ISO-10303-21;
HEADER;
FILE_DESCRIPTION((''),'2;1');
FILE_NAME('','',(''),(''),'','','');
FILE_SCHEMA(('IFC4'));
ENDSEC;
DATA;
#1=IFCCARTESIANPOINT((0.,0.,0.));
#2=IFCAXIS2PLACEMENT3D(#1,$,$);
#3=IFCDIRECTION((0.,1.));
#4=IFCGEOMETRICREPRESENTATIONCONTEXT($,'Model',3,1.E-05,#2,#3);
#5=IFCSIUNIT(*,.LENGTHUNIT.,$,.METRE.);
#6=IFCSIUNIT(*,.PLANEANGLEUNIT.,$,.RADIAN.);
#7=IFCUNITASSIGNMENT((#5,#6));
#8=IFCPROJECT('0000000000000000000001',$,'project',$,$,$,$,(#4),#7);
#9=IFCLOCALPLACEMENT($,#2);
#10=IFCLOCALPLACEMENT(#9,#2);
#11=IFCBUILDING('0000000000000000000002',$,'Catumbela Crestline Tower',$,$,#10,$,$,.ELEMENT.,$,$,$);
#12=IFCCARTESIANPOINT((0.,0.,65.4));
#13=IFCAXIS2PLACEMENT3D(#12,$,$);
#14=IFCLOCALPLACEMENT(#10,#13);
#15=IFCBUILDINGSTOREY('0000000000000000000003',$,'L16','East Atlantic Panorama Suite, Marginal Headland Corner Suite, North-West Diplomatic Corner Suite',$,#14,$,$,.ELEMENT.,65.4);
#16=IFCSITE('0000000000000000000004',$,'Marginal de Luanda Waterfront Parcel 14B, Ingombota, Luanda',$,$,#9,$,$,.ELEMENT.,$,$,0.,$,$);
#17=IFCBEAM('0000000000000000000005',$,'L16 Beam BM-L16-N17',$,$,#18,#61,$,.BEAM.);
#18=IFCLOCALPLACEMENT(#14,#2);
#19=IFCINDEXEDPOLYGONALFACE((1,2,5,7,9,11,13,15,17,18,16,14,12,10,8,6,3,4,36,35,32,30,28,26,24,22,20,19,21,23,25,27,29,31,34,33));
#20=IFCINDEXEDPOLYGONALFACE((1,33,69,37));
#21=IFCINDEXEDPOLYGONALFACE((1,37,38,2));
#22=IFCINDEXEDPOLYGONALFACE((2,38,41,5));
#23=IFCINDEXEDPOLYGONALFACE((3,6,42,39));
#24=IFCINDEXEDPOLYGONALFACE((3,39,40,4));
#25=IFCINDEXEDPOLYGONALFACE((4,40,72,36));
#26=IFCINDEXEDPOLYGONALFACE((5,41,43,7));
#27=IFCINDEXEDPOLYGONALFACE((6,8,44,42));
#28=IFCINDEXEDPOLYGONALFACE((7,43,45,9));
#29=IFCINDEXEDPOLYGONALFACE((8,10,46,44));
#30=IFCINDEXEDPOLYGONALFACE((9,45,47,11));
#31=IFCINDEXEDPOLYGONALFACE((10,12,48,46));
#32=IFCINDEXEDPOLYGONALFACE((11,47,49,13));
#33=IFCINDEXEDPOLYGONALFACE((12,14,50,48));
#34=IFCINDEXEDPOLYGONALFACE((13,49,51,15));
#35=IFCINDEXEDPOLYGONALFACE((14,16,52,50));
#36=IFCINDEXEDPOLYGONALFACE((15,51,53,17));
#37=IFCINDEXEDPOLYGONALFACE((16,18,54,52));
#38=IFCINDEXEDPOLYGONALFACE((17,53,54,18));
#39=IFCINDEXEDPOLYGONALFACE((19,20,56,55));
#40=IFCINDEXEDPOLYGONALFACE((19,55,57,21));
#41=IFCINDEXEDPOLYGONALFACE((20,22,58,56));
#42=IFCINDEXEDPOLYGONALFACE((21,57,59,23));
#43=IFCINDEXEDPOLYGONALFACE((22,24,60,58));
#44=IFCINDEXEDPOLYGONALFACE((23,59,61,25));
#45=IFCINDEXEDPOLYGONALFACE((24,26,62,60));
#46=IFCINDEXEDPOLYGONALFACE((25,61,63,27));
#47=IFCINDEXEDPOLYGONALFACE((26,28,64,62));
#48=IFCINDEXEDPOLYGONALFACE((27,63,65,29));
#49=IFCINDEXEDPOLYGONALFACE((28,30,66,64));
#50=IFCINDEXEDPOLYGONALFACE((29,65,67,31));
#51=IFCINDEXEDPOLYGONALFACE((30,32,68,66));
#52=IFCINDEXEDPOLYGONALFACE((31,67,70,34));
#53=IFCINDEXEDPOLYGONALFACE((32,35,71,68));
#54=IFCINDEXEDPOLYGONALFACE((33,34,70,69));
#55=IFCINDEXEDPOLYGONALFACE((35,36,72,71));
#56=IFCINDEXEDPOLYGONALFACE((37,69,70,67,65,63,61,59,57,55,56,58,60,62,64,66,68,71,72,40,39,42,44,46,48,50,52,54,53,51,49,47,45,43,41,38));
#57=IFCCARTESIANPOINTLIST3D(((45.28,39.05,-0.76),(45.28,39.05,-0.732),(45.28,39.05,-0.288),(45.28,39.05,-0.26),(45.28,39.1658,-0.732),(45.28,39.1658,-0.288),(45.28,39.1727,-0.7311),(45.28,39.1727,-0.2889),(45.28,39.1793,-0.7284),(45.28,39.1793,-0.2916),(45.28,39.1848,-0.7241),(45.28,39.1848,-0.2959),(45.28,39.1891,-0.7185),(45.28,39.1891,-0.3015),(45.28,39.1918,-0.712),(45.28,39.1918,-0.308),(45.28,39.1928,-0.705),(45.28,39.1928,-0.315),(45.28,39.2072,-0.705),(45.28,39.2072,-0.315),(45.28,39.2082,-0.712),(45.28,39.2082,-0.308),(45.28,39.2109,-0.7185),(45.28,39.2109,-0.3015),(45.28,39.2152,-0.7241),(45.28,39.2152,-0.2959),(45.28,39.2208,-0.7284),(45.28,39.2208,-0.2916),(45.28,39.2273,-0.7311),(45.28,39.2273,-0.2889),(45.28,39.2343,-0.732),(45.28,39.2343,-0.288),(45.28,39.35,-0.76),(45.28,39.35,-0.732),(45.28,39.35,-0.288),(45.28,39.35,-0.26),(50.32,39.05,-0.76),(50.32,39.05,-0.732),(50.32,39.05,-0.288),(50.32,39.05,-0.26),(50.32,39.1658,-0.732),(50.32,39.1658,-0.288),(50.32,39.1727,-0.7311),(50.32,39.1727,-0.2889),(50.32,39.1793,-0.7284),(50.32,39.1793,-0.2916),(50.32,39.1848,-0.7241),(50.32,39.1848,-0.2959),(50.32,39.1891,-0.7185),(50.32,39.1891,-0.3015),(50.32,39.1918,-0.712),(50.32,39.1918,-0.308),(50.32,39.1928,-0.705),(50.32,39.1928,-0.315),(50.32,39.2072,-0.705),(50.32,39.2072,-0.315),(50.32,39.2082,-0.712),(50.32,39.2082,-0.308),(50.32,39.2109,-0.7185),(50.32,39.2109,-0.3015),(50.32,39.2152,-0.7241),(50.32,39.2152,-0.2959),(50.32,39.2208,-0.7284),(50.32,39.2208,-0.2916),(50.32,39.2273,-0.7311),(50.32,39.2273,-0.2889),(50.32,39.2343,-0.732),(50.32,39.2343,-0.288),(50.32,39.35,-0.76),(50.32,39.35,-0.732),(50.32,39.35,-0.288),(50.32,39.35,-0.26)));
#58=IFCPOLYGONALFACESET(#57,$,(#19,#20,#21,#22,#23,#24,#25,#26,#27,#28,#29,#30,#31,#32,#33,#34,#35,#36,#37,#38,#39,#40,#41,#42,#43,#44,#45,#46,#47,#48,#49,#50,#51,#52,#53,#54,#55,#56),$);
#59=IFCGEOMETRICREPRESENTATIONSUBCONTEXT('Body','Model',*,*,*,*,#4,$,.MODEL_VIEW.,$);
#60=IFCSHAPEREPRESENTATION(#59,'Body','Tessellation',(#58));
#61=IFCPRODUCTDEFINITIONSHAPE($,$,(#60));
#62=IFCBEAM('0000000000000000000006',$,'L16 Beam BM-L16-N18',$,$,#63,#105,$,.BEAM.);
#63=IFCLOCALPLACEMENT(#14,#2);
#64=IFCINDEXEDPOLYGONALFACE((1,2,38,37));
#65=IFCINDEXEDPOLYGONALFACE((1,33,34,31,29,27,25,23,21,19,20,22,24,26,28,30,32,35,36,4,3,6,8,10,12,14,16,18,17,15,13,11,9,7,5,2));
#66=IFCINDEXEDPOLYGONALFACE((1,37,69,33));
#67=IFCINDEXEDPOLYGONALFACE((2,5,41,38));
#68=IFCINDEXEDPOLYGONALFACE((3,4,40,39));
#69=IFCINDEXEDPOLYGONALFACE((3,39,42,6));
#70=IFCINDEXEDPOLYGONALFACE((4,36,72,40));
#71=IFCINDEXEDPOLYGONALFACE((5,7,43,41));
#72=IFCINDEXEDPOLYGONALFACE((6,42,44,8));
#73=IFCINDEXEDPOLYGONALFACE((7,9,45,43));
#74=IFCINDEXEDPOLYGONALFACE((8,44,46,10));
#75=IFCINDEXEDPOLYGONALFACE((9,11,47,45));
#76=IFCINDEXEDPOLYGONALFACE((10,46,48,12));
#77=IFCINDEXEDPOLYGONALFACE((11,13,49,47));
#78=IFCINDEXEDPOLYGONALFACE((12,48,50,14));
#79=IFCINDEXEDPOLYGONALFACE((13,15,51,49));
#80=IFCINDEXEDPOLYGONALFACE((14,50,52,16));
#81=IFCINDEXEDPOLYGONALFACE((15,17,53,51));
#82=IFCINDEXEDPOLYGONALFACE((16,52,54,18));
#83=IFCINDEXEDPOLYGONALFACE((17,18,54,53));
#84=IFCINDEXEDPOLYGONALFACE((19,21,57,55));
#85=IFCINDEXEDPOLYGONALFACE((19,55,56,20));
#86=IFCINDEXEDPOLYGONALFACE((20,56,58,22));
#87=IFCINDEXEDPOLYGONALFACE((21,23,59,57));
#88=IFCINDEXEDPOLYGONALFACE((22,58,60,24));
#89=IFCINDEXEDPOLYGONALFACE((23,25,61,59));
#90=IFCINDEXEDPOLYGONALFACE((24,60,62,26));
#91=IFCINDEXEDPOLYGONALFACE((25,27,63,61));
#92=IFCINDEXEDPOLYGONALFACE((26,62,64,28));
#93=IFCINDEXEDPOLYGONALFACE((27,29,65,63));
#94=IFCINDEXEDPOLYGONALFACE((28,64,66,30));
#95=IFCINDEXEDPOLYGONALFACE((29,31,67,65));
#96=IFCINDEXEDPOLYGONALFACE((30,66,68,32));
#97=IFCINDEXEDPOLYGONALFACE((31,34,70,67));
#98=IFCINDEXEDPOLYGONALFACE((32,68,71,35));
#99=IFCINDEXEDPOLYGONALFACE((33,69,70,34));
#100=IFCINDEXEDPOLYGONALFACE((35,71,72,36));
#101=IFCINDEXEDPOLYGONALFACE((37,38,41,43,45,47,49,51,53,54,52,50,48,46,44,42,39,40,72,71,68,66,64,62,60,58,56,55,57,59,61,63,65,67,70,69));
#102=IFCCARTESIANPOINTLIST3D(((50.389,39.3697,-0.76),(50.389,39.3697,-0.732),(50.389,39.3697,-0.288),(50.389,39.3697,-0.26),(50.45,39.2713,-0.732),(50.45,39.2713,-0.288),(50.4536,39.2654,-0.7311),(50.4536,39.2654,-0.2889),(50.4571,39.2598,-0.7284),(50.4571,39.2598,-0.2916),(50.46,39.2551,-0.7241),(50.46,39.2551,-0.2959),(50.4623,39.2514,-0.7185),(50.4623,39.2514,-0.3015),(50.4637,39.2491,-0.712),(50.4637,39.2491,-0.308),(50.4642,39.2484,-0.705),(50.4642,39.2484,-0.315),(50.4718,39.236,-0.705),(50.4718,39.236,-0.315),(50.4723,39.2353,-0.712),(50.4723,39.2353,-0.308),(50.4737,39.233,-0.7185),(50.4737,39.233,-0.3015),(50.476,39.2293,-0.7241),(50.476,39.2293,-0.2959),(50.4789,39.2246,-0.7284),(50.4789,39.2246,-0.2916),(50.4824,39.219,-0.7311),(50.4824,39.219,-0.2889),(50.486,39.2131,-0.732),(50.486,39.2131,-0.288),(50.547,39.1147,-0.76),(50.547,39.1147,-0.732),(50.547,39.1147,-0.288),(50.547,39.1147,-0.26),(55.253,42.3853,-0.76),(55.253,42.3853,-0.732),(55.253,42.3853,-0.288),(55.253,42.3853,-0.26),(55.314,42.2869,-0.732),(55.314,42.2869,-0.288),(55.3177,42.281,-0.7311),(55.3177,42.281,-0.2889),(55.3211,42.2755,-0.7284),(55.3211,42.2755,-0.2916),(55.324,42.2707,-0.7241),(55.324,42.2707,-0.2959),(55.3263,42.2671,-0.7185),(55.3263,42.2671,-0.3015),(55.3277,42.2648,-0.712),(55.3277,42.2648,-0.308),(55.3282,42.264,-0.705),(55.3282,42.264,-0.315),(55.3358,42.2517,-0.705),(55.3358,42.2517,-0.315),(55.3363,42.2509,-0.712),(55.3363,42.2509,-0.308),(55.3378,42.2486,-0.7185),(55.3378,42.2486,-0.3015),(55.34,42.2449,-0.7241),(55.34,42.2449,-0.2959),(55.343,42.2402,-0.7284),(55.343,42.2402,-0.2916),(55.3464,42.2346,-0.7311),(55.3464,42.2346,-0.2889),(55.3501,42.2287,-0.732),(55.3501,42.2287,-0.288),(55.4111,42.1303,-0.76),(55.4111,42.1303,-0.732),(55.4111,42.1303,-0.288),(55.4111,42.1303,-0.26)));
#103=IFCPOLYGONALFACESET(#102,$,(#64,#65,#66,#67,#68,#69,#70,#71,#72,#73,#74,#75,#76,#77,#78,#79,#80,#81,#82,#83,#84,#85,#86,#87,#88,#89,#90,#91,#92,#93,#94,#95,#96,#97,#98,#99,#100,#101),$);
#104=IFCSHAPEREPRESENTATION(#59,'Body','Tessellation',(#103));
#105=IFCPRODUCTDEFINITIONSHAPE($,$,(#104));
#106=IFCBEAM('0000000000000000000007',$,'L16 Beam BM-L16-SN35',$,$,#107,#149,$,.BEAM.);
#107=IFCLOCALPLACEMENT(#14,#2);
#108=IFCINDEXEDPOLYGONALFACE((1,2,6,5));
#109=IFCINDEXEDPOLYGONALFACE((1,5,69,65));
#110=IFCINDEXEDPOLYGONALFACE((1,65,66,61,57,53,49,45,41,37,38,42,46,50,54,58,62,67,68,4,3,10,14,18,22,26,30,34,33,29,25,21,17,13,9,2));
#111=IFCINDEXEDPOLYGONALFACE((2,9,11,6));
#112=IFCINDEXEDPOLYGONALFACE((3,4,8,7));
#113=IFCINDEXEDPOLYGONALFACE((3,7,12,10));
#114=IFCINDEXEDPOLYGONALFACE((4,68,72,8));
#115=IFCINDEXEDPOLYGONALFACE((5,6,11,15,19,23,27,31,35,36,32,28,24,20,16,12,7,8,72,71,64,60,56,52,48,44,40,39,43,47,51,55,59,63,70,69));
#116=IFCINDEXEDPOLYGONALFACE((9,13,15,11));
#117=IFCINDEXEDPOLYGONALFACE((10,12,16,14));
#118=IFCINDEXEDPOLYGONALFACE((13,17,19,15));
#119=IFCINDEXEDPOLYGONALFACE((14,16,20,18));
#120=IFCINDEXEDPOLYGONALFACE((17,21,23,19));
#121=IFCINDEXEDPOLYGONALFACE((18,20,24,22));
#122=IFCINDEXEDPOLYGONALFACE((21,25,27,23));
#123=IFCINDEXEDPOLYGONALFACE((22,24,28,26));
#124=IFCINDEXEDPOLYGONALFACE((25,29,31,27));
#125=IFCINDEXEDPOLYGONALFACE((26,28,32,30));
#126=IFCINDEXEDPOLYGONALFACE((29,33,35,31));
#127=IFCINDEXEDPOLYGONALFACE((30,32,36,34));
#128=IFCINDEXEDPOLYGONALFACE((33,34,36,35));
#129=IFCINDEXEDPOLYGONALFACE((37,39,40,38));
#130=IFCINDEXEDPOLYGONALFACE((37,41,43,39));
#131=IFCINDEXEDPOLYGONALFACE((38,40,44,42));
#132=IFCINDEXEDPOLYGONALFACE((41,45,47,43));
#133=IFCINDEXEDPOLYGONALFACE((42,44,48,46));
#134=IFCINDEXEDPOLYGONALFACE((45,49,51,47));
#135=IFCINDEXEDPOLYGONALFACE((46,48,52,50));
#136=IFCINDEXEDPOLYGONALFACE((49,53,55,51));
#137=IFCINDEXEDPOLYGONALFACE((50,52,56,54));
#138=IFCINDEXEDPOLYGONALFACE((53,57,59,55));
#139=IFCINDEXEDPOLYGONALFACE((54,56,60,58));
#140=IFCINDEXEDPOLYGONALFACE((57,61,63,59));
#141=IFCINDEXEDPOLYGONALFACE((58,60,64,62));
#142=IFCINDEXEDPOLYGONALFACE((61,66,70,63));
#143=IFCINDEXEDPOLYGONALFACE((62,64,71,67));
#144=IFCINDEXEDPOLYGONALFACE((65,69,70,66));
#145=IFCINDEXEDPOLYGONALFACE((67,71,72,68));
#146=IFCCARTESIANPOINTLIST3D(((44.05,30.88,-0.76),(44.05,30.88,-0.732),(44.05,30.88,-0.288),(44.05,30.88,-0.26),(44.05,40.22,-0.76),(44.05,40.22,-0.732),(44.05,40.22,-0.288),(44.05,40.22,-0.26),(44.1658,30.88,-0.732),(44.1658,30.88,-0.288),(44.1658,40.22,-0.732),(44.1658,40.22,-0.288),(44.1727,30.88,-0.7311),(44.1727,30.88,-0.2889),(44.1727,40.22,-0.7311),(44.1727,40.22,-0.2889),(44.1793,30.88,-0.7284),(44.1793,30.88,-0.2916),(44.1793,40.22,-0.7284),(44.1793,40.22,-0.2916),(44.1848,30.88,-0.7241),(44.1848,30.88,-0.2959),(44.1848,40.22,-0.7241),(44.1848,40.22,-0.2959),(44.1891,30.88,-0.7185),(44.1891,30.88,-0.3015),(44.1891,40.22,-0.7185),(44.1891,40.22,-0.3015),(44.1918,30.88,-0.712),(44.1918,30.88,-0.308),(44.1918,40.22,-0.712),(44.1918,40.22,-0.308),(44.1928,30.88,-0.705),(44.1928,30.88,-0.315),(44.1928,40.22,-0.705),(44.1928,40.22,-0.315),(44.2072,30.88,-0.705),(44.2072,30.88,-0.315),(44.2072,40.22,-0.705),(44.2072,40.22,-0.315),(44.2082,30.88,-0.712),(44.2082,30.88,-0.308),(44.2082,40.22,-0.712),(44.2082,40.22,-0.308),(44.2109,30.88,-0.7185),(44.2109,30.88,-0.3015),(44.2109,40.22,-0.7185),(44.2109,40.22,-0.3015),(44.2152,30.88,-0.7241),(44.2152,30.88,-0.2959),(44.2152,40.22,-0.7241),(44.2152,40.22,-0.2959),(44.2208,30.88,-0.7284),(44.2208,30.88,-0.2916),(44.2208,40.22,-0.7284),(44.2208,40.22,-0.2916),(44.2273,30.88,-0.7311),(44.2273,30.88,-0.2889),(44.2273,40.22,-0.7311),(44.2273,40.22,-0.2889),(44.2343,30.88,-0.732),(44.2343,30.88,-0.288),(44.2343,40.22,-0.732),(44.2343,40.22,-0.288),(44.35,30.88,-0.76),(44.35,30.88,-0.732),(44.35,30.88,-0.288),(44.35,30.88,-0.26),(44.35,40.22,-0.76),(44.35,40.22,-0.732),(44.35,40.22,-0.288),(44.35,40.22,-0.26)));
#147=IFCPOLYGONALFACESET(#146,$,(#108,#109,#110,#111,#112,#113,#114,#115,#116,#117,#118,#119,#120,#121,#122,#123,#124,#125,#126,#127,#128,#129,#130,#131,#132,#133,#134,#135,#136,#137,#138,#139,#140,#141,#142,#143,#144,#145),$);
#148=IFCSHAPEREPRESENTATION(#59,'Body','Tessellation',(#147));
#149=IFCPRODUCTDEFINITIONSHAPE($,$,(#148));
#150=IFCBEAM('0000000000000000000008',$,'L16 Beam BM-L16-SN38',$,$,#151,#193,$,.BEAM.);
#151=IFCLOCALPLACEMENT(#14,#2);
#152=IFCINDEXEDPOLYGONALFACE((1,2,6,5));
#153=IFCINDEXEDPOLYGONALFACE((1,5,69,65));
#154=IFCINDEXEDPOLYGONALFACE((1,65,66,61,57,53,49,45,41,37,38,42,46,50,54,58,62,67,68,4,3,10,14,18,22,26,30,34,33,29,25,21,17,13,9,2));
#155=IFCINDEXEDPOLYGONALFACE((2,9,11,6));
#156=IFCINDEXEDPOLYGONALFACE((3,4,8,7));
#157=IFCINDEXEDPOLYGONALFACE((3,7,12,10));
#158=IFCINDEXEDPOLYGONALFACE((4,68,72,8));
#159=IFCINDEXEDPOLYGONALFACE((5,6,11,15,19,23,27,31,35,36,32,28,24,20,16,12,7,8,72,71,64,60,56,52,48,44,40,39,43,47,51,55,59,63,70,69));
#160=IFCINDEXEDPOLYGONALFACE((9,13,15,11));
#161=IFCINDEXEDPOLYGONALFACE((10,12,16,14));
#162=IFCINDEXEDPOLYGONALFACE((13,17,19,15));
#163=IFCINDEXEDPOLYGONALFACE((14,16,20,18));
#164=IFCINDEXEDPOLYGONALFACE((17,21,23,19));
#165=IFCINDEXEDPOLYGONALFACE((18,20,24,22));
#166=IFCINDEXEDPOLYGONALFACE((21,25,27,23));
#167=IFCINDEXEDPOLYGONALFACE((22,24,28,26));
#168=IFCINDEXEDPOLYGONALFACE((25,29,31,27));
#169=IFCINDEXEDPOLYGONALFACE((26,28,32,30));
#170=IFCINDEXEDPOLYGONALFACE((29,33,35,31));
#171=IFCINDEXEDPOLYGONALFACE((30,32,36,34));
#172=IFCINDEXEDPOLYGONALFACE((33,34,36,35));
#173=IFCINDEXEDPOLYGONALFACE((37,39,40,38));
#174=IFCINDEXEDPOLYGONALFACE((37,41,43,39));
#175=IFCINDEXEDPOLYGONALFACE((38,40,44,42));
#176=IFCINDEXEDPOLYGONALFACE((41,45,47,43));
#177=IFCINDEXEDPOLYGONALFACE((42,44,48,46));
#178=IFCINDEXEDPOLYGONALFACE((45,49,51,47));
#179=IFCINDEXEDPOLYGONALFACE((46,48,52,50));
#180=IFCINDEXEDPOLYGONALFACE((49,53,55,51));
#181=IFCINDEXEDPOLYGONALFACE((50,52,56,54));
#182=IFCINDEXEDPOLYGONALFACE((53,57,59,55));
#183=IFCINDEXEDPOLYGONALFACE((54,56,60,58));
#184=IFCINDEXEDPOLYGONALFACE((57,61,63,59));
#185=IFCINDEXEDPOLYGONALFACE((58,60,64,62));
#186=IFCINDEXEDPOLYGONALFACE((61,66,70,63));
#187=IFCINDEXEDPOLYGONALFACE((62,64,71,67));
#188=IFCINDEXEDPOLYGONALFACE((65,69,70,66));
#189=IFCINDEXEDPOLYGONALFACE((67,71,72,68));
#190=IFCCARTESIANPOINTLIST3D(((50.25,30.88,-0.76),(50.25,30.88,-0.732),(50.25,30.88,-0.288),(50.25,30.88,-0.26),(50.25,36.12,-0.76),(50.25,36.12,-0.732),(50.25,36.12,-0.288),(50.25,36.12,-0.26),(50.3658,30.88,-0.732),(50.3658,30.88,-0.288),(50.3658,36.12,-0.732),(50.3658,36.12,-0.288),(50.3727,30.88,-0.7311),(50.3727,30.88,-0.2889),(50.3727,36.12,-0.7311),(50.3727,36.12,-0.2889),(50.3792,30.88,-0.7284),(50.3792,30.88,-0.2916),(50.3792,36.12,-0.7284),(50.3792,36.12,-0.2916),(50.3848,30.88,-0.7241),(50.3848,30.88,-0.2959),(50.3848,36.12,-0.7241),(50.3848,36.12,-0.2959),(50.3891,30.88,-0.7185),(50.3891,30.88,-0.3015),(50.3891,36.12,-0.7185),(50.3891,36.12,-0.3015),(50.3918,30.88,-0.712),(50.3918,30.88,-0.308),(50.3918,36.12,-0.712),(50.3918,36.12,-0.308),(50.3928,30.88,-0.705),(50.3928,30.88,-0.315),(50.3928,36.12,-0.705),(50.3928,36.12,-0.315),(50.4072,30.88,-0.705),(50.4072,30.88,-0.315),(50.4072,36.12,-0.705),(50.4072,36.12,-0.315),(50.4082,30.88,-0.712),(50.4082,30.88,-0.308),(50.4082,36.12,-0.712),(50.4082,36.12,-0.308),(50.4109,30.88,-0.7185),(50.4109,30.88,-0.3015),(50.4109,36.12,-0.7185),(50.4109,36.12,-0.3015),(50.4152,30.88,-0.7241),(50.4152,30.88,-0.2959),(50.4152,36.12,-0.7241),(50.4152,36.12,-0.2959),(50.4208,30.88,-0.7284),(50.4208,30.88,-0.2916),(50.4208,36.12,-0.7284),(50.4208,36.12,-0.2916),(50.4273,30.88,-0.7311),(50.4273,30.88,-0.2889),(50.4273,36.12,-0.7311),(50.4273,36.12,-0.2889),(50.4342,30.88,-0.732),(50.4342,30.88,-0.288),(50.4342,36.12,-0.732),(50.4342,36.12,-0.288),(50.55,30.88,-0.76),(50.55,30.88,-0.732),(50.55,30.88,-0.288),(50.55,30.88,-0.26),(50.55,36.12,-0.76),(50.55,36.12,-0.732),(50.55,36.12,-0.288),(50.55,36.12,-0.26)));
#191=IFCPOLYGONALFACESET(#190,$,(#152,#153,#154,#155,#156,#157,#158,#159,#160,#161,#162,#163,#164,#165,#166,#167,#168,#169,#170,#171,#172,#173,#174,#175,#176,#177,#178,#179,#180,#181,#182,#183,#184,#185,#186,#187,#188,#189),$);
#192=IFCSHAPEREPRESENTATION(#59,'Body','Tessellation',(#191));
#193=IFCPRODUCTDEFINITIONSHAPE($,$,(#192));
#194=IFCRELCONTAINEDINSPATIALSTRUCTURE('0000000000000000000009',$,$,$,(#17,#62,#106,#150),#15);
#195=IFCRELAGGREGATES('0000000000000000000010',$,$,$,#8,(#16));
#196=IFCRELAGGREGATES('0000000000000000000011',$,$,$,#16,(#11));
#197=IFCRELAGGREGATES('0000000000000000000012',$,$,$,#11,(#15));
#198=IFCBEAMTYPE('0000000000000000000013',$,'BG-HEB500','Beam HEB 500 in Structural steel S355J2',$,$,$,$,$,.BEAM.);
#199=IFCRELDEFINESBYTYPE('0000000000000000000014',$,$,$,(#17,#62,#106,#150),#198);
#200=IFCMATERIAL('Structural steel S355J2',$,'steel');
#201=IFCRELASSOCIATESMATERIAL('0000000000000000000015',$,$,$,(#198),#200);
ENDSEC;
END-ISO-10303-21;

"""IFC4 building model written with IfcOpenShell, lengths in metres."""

from ifc_helpers import new_model, si_unit, direction, frame, origin, origin_2d, place, context, subcontext, project, spatial, i_section, extrude, material, material_profile, profile_set, type_object, element, save


model = new_model("IFC4")

# Units and contexts
model_context = context("Model", 3, precision=1e-05, world=origin(), true_north=direction((0.0, 1.0)))
body_context = subcontext(model_context, "Body", "Model", "MODEL_VIEW")
ifc_project = project(units=[si_unit("LENGTHUNIT", "METRE"), si_unit("PLANEANGLEUNIT", "RADIAN")], contexts=[model_context])

# Site, building, storey
site_placement = place(None, origin())
site = spatial("IfcSite", under=ifc_project, at=site_placement, Name="Marginal de Luanda Waterfront Parcel 14B, Ingombota, Luanda", CompositionType="ELEMENT", RefElevation=0.0)
building_placement = place(site_placement, origin())
building = spatial("IfcBuilding", under=site, at=building_placement, Name="Catumbela Crestline Tower", CompositionType="ELEMENT")
storey_placement = place(building_placement, frame((0.0, 0.0, 65.4)))
storey = spatial("IfcBuildingStorey", under=building, at=storey_placement, Name="L16", Description="East Atlantic Panorama Suite, Marginal Headland Corner Suite, North-West Diplomatic Corner Suite", CompositionType="ELEMENT", Elevation=65.4)

# Beams
ifc_material_1 = material(Name="Structural steel S355J2", Category="steel")
ifc_material_profile_1 = material_profile(ifc_material_1, i_section(OverallWidth=0.3, OverallDepth=0.5, WebThickness=0.0145, FlangeThickness=0.028, FilletRadius=0.027, at=origin_2d()), Name="HEB 500")
ifc_profile_set_1 = profile_set([ifc_material_profile_1], Name="Structural steel S355J2")
beam_type_1 = type_object("IfcBeamType", Name="BG-HEB500", Description="Beam HEB 500 in Structural steel S355J2", PredefinedType="BEAM", material=ifc_profile_set_1)
beam_1_placement = place(storey_placement, frame((45.28, 39.2, -0.51), z_axis=(1.0, 0.0, 0.0), x_axis=(0.0, 1.0, 0.0)))
element("IfcBeam", 1, at=beam_1_placement, inside=storey, type_object=beam_type_1, Name="L16 Beam BM-L16-N17", PredefinedType="BEAM", context=body_context, shape_type="SweptSolid", body=[
    extrude(i_section(OverallWidth=0.3, OverallDepth=0.5, WebThickness=0.0145, FlangeThickness=0.028, FilletRadius=0.027, at=origin_2d()), origin(), (0.0, 0.0, 1.0), 5.04),
])
beam_2_placement = place(storey_placement, frame((50.468, 39.2422, -0.51), z_axis=(0.849909, 0.52693, 0.0), x_axis=(-0.52693, 0.849909, 0.0)))
element("IfcBeam", 2, at=beam_2_placement, inside=storey, type_object=beam_type_1, Name="L16 Beam BM-L16-N18", PredefinedType="BEAM", context=body_context, shape_type="SweptSolid", body=[
    extrude(i_section(OverallWidth=0.3, OverallDepth=0.5, WebThickness=0.0145, FlangeThickness=0.028, FilletRadius=0.027, at=origin_2d()), origin(), (0.0, 0.0, 1.0), 5.723),
])
beam_3_placement = place(storey_placement, frame((44.2, 30.88, -0.51), z_axis=(0.0, 1.0, 0.0), x_axis=(-1.0, 0.0, 0.0)))
element("IfcBeam", 3, at=beam_3_placement, inside=storey, type_object=beam_type_1, Name="L16 Beam BM-L16-SN35", PredefinedType="BEAM", context=body_context, shape_type="SweptSolid", body=[
    extrude(i_section(OverallWidth=0.3, OverallDepth=0.5, WebThickness=0.0145, FlangeThickness=0.028, FilletRadius=0.027, at=origin_2d()), origin(), (0.0, 0.0, 1.0), 9.34),
])
beam_4_placement = place(storey_placement, frame((50.4, 30.88, -0.51), z_axis=(0.0, 1.0, 0.0), x_axis=(-1.0, 0.0, 0.0)))
element("IfcBeam", 4, at=beam_4_placement, inside=storey, type_object=beam_type_1, Name="L16 Beam BM-L16-SN38", PredefinedType="BEAM", context=body_context, shape_type="SweptSolid", body=[
    extrude(i_section(OverallWidth=0.3, OverallDepth=0.5, WebThickness=0.0145, FlangeThickness=0.028, FilletRadius=0.027, at=origin_2d()), origin(), (0.0, 0.0, 1.0), 5.24),
])

save(model, "model.ifc")
